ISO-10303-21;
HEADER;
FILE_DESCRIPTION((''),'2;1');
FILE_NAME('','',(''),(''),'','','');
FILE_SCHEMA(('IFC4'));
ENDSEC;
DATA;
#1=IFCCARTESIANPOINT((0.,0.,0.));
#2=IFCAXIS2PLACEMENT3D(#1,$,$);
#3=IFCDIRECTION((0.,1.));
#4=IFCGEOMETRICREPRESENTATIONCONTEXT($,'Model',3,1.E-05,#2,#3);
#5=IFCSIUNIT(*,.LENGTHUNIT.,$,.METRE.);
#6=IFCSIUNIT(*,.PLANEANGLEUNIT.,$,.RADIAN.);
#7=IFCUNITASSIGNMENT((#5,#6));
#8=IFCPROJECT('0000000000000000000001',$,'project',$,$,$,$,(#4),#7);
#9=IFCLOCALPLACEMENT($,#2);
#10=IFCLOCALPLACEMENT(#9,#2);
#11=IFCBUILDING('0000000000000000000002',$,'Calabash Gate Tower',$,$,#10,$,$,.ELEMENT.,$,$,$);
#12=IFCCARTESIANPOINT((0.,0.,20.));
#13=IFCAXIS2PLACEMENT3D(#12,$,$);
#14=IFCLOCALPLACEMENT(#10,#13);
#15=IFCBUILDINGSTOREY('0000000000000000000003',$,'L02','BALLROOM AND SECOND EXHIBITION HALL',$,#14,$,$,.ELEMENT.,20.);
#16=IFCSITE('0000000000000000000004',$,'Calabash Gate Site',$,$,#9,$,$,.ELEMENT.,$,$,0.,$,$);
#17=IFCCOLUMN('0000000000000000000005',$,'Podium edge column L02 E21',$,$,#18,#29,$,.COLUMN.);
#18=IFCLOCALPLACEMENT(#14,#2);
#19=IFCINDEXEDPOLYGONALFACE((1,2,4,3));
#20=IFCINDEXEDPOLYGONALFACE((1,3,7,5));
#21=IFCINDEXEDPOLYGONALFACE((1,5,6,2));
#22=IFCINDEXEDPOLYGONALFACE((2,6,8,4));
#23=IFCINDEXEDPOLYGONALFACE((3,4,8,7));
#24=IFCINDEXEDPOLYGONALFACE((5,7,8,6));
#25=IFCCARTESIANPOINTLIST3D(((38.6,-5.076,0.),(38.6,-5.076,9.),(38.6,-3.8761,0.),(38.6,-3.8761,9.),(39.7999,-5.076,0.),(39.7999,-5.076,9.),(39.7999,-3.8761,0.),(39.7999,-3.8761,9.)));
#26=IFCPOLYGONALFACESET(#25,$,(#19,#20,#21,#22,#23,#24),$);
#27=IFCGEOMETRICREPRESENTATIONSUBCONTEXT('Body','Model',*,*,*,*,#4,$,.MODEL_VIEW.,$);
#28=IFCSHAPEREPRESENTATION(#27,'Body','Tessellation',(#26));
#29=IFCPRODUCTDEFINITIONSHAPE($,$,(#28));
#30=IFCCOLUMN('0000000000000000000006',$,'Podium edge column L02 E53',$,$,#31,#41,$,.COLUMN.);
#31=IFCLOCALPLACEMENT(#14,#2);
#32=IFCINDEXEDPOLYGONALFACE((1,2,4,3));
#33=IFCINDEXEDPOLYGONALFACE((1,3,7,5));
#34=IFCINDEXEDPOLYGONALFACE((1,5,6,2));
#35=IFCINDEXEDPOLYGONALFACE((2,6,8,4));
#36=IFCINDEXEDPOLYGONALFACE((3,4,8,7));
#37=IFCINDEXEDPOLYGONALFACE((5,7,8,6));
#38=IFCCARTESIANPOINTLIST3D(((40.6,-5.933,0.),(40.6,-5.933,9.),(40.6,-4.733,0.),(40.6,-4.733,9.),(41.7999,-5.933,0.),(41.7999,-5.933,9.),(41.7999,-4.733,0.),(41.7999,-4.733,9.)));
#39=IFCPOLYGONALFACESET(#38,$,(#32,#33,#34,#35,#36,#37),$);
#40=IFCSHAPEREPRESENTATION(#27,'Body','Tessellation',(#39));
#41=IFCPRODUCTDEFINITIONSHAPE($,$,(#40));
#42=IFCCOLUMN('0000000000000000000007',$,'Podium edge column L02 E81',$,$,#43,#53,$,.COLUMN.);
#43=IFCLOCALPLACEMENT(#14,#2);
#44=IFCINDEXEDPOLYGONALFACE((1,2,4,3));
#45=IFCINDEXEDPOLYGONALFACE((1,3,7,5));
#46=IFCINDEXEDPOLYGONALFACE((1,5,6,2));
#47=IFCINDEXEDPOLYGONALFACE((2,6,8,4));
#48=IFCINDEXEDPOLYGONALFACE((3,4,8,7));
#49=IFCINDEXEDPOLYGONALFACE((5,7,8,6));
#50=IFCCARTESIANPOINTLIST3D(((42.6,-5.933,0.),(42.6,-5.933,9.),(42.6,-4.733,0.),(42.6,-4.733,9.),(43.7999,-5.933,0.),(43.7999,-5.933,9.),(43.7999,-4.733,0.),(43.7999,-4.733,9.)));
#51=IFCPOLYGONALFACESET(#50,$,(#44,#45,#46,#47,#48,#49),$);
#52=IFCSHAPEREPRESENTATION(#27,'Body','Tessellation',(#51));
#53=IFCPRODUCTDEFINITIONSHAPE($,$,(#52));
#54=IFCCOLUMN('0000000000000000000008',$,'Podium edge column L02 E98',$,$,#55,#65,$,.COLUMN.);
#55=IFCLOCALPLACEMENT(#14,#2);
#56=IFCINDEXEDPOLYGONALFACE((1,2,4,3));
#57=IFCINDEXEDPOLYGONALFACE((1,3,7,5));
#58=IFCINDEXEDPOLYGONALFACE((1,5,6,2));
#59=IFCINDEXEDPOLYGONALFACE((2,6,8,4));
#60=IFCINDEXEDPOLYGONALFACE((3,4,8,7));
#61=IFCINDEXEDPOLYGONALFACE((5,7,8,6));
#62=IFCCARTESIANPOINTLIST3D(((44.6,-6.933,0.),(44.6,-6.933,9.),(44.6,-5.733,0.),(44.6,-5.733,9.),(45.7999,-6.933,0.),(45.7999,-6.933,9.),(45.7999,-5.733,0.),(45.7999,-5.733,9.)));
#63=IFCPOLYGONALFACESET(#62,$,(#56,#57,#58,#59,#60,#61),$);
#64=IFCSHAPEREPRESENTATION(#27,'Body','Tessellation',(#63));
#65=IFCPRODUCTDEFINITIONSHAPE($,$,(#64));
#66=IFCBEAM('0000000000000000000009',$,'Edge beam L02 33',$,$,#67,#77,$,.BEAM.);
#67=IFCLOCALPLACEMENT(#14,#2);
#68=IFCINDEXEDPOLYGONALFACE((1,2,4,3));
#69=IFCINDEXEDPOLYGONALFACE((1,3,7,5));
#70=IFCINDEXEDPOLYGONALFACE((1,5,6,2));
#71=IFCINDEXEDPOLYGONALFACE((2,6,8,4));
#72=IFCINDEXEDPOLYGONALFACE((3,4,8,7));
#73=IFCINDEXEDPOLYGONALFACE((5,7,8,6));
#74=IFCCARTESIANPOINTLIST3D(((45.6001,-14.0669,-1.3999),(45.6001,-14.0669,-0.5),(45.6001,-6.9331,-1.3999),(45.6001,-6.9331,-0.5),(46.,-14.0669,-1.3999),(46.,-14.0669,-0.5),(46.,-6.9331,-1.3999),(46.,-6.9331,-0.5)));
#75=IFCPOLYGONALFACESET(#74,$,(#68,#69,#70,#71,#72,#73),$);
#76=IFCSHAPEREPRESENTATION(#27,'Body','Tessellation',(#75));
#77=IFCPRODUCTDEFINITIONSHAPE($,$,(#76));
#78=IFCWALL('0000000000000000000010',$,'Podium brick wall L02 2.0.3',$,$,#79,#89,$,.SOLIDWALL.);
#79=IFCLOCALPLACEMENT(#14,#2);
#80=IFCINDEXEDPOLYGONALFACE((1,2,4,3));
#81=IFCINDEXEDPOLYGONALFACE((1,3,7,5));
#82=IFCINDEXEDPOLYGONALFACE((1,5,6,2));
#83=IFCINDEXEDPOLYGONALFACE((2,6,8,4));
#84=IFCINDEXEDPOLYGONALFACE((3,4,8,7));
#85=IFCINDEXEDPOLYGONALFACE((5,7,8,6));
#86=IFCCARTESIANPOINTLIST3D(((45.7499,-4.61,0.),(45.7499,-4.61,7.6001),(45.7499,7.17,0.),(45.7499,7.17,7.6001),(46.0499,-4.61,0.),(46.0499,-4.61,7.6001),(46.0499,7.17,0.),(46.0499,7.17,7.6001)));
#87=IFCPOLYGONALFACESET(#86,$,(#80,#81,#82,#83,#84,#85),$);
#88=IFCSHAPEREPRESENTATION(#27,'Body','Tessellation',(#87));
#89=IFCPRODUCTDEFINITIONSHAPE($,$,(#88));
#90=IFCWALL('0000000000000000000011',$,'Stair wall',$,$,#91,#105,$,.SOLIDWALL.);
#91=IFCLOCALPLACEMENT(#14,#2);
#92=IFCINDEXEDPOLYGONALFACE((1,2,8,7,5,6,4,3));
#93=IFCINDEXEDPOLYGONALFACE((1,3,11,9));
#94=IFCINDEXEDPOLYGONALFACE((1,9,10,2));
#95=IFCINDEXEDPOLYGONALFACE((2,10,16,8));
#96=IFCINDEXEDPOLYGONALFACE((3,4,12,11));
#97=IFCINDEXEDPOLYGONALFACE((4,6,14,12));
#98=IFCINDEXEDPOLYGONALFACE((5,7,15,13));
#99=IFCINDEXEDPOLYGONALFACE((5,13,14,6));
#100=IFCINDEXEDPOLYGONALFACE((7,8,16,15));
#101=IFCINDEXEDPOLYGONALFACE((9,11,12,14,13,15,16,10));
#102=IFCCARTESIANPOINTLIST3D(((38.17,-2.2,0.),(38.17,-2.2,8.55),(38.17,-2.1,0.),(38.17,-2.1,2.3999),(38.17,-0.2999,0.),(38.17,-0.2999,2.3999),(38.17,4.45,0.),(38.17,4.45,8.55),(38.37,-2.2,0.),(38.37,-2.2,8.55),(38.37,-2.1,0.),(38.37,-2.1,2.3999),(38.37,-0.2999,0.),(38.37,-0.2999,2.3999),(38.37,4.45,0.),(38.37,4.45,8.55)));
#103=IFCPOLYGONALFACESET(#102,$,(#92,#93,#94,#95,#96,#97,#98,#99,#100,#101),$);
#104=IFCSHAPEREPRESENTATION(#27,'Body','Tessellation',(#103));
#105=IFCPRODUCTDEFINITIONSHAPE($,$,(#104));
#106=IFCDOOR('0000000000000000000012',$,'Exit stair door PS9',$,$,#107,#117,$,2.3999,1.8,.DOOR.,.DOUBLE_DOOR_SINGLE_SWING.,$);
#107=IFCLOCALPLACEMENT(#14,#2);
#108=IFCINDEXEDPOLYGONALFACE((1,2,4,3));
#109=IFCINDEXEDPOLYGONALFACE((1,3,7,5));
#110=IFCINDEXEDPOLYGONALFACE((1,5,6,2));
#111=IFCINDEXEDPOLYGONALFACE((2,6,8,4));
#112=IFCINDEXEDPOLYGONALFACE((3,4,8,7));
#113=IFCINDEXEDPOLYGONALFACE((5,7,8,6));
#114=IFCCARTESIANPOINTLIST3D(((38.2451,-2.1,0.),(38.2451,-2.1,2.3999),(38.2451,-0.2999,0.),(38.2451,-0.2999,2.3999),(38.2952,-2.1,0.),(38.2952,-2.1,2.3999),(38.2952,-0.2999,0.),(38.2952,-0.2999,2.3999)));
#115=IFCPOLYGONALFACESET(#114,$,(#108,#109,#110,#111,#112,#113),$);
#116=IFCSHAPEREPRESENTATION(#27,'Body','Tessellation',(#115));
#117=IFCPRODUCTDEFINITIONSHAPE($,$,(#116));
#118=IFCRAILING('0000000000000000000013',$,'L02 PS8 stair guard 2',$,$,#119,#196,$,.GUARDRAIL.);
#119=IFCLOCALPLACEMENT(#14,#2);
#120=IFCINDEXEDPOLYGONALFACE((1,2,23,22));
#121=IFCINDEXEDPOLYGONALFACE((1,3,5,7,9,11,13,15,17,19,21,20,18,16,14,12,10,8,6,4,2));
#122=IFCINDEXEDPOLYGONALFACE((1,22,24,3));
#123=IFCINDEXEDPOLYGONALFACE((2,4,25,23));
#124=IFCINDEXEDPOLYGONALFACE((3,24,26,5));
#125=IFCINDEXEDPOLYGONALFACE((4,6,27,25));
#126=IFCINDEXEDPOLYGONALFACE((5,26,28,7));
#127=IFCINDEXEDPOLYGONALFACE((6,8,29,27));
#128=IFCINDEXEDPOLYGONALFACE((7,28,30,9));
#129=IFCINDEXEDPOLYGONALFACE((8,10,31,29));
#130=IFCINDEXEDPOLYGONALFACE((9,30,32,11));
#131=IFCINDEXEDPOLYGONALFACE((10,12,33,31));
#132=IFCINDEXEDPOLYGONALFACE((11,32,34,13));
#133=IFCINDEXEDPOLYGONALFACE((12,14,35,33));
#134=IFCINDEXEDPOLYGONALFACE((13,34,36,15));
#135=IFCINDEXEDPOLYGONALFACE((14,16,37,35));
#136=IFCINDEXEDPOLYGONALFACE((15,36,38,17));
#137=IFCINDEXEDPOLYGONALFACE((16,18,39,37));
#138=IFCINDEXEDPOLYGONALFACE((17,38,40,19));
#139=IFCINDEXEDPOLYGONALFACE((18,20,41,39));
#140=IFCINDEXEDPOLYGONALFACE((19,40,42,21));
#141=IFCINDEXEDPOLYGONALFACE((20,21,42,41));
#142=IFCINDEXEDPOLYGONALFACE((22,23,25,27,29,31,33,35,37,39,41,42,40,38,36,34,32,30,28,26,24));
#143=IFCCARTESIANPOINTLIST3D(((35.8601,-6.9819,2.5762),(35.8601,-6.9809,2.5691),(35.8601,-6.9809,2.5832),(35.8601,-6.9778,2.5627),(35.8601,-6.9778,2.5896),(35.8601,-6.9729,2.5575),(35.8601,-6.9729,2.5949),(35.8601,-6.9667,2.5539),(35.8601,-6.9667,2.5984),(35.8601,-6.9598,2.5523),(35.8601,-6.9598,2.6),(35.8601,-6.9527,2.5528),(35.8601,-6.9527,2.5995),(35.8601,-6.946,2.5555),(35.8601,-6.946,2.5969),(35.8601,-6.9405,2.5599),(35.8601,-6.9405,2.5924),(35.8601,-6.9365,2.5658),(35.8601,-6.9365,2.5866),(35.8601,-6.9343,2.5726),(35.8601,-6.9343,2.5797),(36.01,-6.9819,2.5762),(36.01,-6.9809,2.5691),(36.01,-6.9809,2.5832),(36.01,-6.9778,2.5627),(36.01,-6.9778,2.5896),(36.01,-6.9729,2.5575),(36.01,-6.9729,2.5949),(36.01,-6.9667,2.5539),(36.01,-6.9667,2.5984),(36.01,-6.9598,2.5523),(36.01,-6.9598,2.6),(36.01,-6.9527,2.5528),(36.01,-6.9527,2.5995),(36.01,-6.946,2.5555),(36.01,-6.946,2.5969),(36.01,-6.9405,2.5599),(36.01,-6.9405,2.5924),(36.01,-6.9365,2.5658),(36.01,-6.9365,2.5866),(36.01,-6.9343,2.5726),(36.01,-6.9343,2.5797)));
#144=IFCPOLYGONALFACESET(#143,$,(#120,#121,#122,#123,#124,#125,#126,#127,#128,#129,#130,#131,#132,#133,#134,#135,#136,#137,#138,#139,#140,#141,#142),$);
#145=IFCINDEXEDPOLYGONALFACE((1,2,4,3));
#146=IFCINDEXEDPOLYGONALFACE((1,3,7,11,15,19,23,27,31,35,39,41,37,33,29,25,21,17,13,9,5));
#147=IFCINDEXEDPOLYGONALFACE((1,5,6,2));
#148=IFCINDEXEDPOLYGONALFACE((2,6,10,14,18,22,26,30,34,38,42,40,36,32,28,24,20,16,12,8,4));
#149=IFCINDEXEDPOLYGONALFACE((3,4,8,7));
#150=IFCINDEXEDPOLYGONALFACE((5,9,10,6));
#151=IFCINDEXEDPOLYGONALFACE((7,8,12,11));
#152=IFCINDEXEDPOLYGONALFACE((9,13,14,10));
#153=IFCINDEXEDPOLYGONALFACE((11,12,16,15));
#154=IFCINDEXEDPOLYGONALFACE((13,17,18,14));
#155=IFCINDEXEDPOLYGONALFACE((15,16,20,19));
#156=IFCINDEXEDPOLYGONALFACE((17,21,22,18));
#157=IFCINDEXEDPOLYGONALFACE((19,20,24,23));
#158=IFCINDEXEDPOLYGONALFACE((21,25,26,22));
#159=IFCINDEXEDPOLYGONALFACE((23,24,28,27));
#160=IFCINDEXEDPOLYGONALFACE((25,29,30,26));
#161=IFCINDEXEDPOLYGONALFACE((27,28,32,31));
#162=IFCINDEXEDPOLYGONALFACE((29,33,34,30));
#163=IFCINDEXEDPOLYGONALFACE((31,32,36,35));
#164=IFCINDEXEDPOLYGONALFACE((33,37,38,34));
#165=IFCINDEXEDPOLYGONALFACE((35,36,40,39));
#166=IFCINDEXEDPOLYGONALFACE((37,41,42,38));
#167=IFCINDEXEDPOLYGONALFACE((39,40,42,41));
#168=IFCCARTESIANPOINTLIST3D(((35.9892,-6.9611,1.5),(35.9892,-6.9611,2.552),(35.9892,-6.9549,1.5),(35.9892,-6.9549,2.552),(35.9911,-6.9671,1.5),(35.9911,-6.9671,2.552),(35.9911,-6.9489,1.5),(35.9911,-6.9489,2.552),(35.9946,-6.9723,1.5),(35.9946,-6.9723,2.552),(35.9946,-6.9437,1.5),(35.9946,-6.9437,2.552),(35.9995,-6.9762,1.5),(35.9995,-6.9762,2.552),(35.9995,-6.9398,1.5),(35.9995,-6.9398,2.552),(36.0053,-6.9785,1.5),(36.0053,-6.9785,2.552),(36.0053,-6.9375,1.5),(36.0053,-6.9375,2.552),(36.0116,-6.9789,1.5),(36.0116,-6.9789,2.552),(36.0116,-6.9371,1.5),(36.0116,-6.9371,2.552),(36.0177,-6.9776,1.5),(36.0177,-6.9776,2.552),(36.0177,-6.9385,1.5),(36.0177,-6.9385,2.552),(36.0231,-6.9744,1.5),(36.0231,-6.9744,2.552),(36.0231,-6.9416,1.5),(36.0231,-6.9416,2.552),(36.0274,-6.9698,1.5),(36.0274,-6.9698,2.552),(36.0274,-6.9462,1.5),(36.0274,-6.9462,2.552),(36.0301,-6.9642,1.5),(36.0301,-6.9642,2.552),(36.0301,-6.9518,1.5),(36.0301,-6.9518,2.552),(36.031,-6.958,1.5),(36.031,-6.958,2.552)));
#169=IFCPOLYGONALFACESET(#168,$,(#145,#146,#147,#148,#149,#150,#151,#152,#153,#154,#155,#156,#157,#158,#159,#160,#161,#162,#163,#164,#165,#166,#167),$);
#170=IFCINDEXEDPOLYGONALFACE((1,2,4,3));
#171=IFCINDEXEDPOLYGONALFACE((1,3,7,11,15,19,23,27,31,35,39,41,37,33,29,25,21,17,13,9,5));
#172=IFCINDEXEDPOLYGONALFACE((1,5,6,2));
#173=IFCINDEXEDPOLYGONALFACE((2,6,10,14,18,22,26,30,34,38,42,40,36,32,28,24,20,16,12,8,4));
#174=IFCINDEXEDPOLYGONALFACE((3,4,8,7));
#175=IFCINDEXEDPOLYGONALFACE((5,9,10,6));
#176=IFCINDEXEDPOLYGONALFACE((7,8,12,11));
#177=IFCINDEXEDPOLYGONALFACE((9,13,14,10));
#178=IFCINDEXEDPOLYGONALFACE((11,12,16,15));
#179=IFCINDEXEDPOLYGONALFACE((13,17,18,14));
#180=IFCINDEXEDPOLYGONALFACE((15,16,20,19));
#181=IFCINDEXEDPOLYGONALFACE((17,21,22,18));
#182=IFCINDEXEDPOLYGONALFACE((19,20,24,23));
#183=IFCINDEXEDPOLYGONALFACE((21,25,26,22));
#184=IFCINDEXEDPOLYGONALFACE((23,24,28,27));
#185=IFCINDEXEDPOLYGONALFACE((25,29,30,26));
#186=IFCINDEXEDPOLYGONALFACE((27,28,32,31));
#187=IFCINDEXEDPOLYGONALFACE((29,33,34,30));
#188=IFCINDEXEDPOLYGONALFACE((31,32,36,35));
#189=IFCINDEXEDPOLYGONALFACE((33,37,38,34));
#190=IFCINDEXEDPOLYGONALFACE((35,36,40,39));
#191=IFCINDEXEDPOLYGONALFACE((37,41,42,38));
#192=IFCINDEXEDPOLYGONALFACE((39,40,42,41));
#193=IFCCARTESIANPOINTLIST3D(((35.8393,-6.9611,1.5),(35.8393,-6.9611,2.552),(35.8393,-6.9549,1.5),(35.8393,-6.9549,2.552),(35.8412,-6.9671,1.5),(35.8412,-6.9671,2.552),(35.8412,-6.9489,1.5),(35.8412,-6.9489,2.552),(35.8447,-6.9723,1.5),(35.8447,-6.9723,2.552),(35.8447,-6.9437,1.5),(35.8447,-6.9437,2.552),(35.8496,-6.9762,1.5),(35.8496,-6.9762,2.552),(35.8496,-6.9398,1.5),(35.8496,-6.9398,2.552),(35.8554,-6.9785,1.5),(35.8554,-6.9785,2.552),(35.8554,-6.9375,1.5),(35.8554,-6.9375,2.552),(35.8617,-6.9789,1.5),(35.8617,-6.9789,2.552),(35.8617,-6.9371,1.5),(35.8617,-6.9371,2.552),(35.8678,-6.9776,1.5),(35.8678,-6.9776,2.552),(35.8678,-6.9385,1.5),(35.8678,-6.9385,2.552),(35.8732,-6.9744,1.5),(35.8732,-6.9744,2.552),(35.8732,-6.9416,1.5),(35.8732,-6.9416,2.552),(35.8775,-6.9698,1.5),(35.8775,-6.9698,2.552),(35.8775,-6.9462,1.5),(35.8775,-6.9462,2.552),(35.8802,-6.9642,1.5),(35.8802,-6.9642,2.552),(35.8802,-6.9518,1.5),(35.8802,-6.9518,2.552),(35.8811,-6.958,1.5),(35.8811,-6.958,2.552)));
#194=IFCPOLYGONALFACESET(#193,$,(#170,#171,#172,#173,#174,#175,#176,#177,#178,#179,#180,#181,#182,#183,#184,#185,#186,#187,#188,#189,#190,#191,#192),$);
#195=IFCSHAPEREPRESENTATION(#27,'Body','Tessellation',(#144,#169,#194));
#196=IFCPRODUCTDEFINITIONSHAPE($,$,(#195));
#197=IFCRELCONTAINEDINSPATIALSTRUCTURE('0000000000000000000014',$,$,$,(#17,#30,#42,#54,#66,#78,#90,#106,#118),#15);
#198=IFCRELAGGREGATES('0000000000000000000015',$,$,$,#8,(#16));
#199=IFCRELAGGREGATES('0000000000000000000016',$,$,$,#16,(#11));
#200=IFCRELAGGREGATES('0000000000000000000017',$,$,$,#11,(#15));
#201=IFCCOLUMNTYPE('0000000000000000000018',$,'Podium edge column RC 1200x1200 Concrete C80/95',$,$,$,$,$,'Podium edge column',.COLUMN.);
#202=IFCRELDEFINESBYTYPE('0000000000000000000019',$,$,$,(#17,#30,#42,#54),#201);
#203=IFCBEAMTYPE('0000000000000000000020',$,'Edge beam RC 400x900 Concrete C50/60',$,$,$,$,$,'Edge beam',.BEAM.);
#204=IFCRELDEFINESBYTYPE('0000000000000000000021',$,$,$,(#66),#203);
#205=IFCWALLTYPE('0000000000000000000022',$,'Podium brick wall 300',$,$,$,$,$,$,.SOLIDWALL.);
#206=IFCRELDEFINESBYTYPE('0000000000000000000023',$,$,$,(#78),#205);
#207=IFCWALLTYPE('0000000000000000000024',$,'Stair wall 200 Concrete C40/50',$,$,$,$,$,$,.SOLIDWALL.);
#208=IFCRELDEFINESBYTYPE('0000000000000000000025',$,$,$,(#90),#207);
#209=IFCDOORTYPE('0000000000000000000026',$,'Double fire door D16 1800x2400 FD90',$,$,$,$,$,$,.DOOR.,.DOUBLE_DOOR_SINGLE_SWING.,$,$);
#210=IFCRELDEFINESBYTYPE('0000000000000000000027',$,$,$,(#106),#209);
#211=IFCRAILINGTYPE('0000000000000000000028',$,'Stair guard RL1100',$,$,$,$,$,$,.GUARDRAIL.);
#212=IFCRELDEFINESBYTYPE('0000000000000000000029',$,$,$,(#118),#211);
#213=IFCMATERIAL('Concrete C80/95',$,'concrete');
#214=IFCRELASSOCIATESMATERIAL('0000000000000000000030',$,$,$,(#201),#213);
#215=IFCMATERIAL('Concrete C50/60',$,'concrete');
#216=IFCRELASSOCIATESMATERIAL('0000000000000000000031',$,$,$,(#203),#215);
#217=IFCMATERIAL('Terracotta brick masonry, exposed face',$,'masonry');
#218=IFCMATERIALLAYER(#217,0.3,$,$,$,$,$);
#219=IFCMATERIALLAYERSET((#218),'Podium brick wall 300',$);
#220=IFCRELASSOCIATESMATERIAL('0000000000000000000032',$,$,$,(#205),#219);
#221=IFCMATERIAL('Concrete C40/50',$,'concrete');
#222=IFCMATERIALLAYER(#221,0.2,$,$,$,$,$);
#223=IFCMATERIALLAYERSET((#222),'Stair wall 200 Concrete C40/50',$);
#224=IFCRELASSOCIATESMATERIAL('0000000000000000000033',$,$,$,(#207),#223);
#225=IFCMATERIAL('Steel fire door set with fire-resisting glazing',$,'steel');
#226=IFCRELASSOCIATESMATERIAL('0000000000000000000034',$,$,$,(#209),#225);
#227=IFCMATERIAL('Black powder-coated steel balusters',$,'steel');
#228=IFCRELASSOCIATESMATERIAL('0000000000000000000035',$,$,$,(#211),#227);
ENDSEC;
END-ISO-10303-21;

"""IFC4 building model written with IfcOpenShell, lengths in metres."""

from ifc_helpers import new_model, si_unit, direction, frame, frame_2d, origin, origin_2d, place, context, subcontext, project, spatial, rectangle, circle, extrude, material, layer, layer_set, material_profile, profile_set, type_object, element, fill, save


model = new_model("IFC4")

# Units and contexts
model_context = context("Model", 3, precision=1e-05, world=origin(), true_north=direction((0.0, 1.0)))
body_context = subcontext(model_context, "Body", "Model", "MODEL_VIEW")
ifc_project = project(units=[si_unit("LENGTHUNIT", "METRE"), si_unit("PLANEANGLEUNIT", "RADIAN")], contexts=[model_context])

# Site, building, storey
site_placement = place(None, origin())
site = spatial("IfcSite", under=ifc_project, at=site_placement, Name="Calabash Gate Site", CompositionType="ELEMENT", RefElevation=0.0)
building_placement = place(site_placement, origin())
building = spatial("IfcBuilding", under=site, at=building_placement, Name="Calabash Gate Tower", CompositionType="ELEMENT")
storey_placement = place(building_placement, frame((0.0, 0.0, 20.0)))
storey = spatial("IfcBuildingStorey", under=building, at=storey_placement, Name="L02", Description="BALLROOM AND SECOND EXHIBITION HALL", CompositionType="ELEMENT", Elevation=20.0)

# Columns
ifc_material_1 = material(Name="Concrete C80/95", Category="concrete")
ifc_material_profile_1 = material_profile(ifc_material_1, rectangle(XDim=1.2, YDim=1.2, at=origin_2d()))
ifc_profile_set_1 = profile_set([ifc_material_profile_1], Name="Concrete C80/95")
column_type = type_object("IfcColumnType", Name="Podium edge column RC 1200x1200 Concrete C80/95", ElementType="Podium edge column", PredefinedType="COLUMN", material=ifc_profile_set_1)
for number, where, z_axis, x_axis, name in (
    (1, (39.2, -4.4761, 0.0), (0.0, 0.0, 1.0), (1.0, 0.0, 0.0), "Podium edge column L02 E21"),
    (2, (41.2, -5.333, 0.0), (0.0, 0.0, 1.0), (1.0, 0.0, 0.0), "Podium edge column L02 E53"),
    (3, (43.2, -5.333, 0.0), (0.0, 0.0, 1.0), (1.0, 0.0, 0.0), "Podium edge column L02 E81"),
    (4, (45.2, -6.333, 0.0), (0.0, 0.0, 1.0), (1.0, 0.0, 0.0), "Podium edge column L02 E98"),
):
    element("IfcColumn", number, at=place(storey_placement, frame(where, z_axis=z_axis, x_axis=x_axis)), inside=storey, type_object=column_type, Name=name, PredefinedType="COLUMN", context=body_context, shape_type="SweptSolid", body=[
        extrude(rectangle(XDim=1.2, YDim=1.2, at=origin_2d()), origin(), (0.0, 0.0, 1.0), 9.0),
    ])

# Beam
ifc_material_2 = material(Name="Concrete C50/60", Category="concrete")
ifc_material_profile_2 = material_profile(ifc_material_2, rectangle(XDim=0.3999, YDim=0.8999, at=origin_2d()))
ifc_profile_set_2 = profile_set([ifc_material_profile_2], Name="Concrete C50/60")
beam_type = type_object("IfcBeamType", Name="Edge beam RC 400x900 Concrete C50/60", ElementType="Edge beam", PredefinedType="BEAM", material=ifc_profile_set_2)
beam_placement = place(storey_placement, frame((45.8, -6.9331, -0.95), z_axis=(0.0, -1.0, 0.0), x_axis=(1.0, 0.0, 0.0)))
element("IfcBeam", 5, at=beam_placement, inside=storey, type_object=beam_type, Name="Edge beam L02 33", PredefinedType="BEAM", context=body_context, shape_type="SweptSolid", body=[
    extrude(rectangle(XDim=0.3999, YDim=0.8999, at=origin_2d()), origin(), (0.0, 0.0, 1.0), 7.1338),
])

# Wall
ifc_material_3 = material(Name="Terracotta brick masonry, exposed face", Category="masonry")
ifc_layer_1 = layer(ifc_material_3, 0.3)
ifc_layer_set_1 = layer_set([ifc_layer_1], Name="Podium brick wall 300")
wall_type_1 = type_object("IfcWallType", Name="Podium brick wall 300", PredefinedType="SOLIDWALL", material=ifc_layer_set_1)
wall_1_placement = place(storey_placement, frame((45.8999, -4.6101, 0.0), z_axis=(0.0, 0.0, 1.0), x_axis=(0.0, 1.0, 0.0)))
element("IfcWall", 6, at=wall_1_placement, inside=storey, type_object=wall_type_1, Name="Podium brick wall L02 2.0.3", PredefinedType="SOLIDWALL", context=body_context, shape_type="SweptSolid", body=[
    extrude(rectangle(XDim=11.78, YDim=0.3, at=frame_2d((5.8901, 0.0))), origin(), (0.0, 0.0, 1.0), 7.6001),
])

# Wall, opening, door
ifc_material_4 = material(Name="Concrete C40/50", Category="concrete")
ifc_layer_2 = layer(ifc_material_4, 0.2)
ifc_layer_set_2 = layer_set([ifc_layer_2], Name="Stair wall 200 Concrete C40/50")
wall_type_2 = type_object("IfcWallType", Name="Stair wall 200 Concrete C40/50", PredefinedType="SOLIDWALL", material=ifc_layer_set_2)
wall_2_placement = place(storey_placement, frame((38.27, -2.2, 0.0), z_axis=(0.0, 0.0, 1.0), x_axis=(0.0, 1.0, 0.0)))
wall_2 = element("IfcWall", 7, at=wall_2_placement, inside=storey, type_object=wall_type_2, Name="Stair wall", PredefinedType="SOLIDWALL", context=body_context, shape_type="SweptSolid", body=[
    extrude(rectangle(XDim=6.6499, YDim=0.2, at=frame_2d((3.325, 0.0))), origin(), (0.0, 0.0, 1.0), 8.55),
])
opening_placement = place(wall_2_placement, frame((0.1001, 0.0, 0.0)))
opening = element("IfcOpeningElement", 8, at=opening_placement, cuts=wall_2, PredefinedType="OPENING", context=body_context, shape_type="SweptSolid", body=[
    extrude(rectangle(XDim=1.8, YDim=2.3999, at=frame_2d((0.8999, 1.2))), frame((0.0, 0.1099, 0.0), z_axis=(0.0, -1.0, 0.0), x_axis=(1.0, 0.0, 0.0)), (0.0, 0.0, 1.0), 0.22),
])
ifc_material_5 = material(Name="Steel fire door set with fire-resisting glazing", Category="steel")
door_type = type_object("IfcDoorType", Name="Double fire door D16 1800x2400 FD90", OperationType="DOUBLE_DOOR_SINGLE_SWING", PredefinedType="DOOR", material=ifc_material_5)
door_placement = place(opening_placement, origin())
door = element("IfcDoor", 9, at=door_placement, inside=storey, type_object=door_type, Name="Exit stair door PS9", OperationType="DOUBLE_DOOR_SINGLE_SWING", OverallHeight=2.3999, OverallWidth=1.8, PredefinedType="DOOR", context=body_context, shape_type="SweptSolid", body=[
    extrude(rectangle(XDim=1.8, YDim=2.3999, at=frame_2d((0.8999, 1.2))), frame((0.0, 0.0249, 0.0), z_axis=(0.0, -1.0, 0.0), x_axis=(1.0, 0.0, 0.0)), (0.0, 0.0, 1.0), 0.05),
])
fill(opening, door)

# Railing
ifc_material_6 = material(Name="Black powder-coated steel balusters", Category="steel")
railing_type_1 = type_object("IfcRailingType", Name="Stair guard RL1100", PredefinedType="GUARDRAIL", material=ifc_material_6)
railing_1_placement = place(storey_placement, frame((36.01, -6.958, 1.5)))
element("IfcRailing", 10, at=railing_1_placement, inside=storey, type_object=railing_type_1, Name="L02 PS8 stair guard 2", PredefinedType="GUARDRAIL", context=body_context, shape_type="SweptSolid", body=[
    extrude(circle(Radius=0.0239, at=origin_2d()), frame((0.0, 0.0, 1.0762), z_axis=(-1.0, 0.0, 0.0), x_axis=(0.0, -1.0, 0.0)), (0.0, 0.0, 1.0), 0.1499),
    extrude(circle(Radius=0.021, at=origin_2d()), origin(), (0.0, 0.0, 1.0), 1.052),
    extrude(circle(Radius=0.021, at=origin_2d()), frame((-0.1499, 0.0, 0.0)), (0.0, 0.0, 1.0), 1.052),
])

save(model, "model.ifc")
